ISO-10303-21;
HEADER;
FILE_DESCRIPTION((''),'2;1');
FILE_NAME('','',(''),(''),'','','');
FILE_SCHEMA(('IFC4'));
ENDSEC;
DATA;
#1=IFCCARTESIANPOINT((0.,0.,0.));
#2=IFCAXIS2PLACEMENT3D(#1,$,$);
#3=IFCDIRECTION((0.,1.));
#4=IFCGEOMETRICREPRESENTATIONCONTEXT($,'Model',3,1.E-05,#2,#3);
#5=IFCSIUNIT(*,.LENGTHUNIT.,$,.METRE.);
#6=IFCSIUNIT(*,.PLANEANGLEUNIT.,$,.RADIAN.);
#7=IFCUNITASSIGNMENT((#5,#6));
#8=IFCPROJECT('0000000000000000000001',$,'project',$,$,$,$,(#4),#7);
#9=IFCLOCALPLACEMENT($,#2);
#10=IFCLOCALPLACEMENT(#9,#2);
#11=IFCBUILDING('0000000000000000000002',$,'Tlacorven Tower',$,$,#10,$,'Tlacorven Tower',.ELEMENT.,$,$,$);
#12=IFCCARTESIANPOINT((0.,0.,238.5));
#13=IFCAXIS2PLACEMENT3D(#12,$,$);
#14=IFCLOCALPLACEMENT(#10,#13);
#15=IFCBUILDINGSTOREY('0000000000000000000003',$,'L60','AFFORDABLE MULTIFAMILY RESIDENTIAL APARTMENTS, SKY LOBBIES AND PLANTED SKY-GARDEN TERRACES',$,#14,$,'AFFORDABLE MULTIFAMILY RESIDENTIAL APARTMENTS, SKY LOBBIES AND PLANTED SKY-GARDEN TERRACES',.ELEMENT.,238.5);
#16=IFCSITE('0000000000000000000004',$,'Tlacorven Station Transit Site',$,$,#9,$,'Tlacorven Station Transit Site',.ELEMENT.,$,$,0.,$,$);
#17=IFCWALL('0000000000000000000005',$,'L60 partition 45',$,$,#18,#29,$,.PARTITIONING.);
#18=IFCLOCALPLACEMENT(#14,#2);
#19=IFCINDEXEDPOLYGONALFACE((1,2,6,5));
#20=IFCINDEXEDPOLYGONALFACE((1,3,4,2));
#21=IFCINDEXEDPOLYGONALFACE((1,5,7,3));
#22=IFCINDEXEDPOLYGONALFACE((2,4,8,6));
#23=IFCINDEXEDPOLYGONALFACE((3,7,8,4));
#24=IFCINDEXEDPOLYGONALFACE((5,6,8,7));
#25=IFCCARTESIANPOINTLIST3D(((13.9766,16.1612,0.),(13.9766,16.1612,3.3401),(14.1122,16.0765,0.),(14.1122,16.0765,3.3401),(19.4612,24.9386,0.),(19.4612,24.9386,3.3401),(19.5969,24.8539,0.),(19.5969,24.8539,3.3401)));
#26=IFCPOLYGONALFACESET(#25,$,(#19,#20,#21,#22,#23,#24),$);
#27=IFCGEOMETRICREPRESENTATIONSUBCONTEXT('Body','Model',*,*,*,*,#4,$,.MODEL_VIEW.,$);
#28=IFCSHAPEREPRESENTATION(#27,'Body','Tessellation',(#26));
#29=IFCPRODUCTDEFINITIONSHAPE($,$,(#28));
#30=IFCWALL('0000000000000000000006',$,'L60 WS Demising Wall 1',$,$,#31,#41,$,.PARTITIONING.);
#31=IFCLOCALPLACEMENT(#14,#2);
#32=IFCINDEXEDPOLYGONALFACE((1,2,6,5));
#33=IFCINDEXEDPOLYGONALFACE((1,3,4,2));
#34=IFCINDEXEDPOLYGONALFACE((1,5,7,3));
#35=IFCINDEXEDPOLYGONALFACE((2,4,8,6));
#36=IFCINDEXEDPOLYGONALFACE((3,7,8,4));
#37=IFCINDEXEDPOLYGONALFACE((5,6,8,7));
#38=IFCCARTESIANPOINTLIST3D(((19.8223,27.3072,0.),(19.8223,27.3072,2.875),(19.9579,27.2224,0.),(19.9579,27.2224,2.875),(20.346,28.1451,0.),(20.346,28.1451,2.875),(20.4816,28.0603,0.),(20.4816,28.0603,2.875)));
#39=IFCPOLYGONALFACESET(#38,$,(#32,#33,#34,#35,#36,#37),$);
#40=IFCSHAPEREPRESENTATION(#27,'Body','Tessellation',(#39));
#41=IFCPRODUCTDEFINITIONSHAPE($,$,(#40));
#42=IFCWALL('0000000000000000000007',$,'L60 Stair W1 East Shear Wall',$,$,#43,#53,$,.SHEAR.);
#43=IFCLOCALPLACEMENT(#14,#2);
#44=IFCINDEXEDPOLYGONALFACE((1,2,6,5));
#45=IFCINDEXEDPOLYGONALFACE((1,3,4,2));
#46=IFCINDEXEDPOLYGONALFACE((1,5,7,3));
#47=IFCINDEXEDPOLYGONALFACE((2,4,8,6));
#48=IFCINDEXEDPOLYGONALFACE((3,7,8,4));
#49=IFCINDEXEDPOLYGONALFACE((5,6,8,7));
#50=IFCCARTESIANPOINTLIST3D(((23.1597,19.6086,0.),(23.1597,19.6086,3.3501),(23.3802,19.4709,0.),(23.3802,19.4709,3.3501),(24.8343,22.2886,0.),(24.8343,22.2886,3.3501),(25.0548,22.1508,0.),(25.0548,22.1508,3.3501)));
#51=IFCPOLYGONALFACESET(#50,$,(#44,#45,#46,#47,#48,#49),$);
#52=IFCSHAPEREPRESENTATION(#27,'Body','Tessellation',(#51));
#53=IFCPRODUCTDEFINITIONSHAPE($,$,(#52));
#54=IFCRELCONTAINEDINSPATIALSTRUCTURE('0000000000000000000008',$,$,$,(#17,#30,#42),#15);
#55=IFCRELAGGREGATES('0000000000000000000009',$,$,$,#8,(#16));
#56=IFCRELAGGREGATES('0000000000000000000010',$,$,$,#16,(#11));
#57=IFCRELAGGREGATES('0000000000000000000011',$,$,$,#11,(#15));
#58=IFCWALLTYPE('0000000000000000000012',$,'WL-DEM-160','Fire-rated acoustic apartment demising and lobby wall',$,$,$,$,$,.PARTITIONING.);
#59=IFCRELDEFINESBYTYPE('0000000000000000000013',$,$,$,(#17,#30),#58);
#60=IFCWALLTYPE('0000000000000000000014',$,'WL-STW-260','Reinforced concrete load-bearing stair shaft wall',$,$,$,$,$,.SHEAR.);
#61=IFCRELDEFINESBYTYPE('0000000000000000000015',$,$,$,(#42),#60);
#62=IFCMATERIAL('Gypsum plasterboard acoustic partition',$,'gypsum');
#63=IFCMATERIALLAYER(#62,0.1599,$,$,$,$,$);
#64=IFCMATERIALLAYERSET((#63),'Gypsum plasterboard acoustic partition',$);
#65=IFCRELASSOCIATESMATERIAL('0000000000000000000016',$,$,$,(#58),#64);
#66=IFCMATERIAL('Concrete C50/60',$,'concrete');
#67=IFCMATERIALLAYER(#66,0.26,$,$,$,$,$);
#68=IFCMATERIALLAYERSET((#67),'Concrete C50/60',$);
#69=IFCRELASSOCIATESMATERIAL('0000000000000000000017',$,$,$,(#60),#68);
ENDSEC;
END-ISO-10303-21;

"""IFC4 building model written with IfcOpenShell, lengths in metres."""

from ifc_helpers import new_model, si_unit, direction, frame, frame_2d, origin, place, context, subcontext, project, spatial, rectangle, extrude, material, layer, layer_set, type_object, element, save


model = new_model("IFC4")

# Units and contexts
model_context = context("Model", 3, precision=1e-05, world=origin(), true_north=direction((0.0, 1.0)))
body_context = subcontext(model_context, "Body", "Model", "MODEL_VIEW")
ifc_project = project(units=[si_unit("LENGTHUNIT", "METRE"), si_unit("PLANEANGLEUNIT", "RADIAN")], contexts=[model_context])

# Site, building, storey
site_placement = place(None, origin())
site = spatial("IfcSite", under=ifc_project, at=site_placement, Name="Tlacorven Station Transit Site", LongName="Tlacorven Station Transit Site", CompositionType="ELEMENT", RefElevation=0.0)
building_placement = place(site_placement, origin())
building = spatial("IfcBuilding", under=site, at=building_placement, Name="Tlacorven Tower", LongName="Tlacorven Tower", CompositionType="ELEMENT")
storey_placement = place(building_placement, frame((0.0, 0.0, 238.5)))
storey = spatial("IfcBuildingStorey", under=building, at=storey_placement, Name="L60", Description="AFFORDABLE MULTIFAMILY RESIDENTIAL APARTMENTS, SKY LOBBIES AND PLANTED SKY-GARDEN TERRACES", LongName="AFFORDABLE MULTIFAMILY RESIDENTIAL APARTMENTS, SKY LOBBIES AND PLANTED SKY-GARDEN TERRACES", CompositionType="ELEMENT", Elevation=238.5)

# Shared definitions
ifc_material_1 = material(Name="Concrete C50/60", Category="concrete")
ifc_material_2 = material(Name="Gypsum plasterboard acoustic partition", Category="gypsum")
ifc_layer_1 = layer(ifc_material_2, 0.1599)
ifc_layer_set_1 = layer_set([ifc_layer_1], Name="Gypsum plasterboard acoustic partition")
wall_type_1 = type_object("IfcWallType", Name="WL-DEM-160", Description="Fire-rated acoustic apartment demising and lobby wall", PredefinedType="PARTITIONING", material=ifc_layer_set_1)

# Walls
wall_1_placement = place(storey_placement, frame((19.5291, 24.8962, 0.0), z_axis=(0.0, 0.0, 1.0), x_axis=(-0.529914, -0.848051, 0.0)))
element("IfcWall", 1, at=wall_1_placement, inside=storey, type_object=wall_type_1, Name="L60 partition 45", PredefinedType="PARTITIONING", context=body_context, shape_type="SweptSolid", body=[
    extrude(rectangle(XDim=10.3501, YDim=0.1599, at=frame_2d((5.175, 0.0))), origin(), (0.0, 0.0, 1.0), 3.3401),
])
wall_2_placement = place(storey_placement, frame((20.4138, 28.1028, 0.0), z_axis=(0.0, 0.0, 1.0), x_axis=(-0.529999, -0.847998, 0.0)))
element("IfcWall", 2, at=wall_2_placement, inside=storey, type_object=wall_type_1, Name="L60 WS Demising Wall 1", PredefinedType="PARTITIONING", context=body_context, shape_type="SweptSolid", body=[
    extrude(rectangle(XDim=0.988, YDim=0.1599, at=frame_2d((0.4941, 0.0))), origin(), (0.0, 0.0, 1.0), 2.875),
])
ifc_layer_2 = layer(ifc_material_1, 0.26)
ifc_layer_set_2 = layer_set([ifc_layer_2], Name="Concrete C50/60")
wall_type_2 = type_object("IfcWallType", Name="WL-STW-260", Description="Reinforced concrete load-bearing stair shaft wall", PredefinedType="SHEAR", material=ifc_layer_set_2)
wall_3_placement = place(storey_placement, frame((24.9446, 22.2197, 0.0), z_axis=(0.0, 0.0, 1.0), x_axis=(-0.529909, -0.848055, 0.0)))
element("IfcWall", 3, at=wall_3_placement, inside=storey, type_object=wall_type_2, Name="L60 Stair W1 East Shear Wall", PredefinedType="SHEAR", context=body_context, shape_type="SweptSolid", body=[
    extrude(rectangle(XDim=3.1602, YDim=0.26, at=frame_2d((1.5801, 0.0))), origin(), (0.0, 0.0, 1.0), 3.3501),
])

save(model, "model.ifc")
